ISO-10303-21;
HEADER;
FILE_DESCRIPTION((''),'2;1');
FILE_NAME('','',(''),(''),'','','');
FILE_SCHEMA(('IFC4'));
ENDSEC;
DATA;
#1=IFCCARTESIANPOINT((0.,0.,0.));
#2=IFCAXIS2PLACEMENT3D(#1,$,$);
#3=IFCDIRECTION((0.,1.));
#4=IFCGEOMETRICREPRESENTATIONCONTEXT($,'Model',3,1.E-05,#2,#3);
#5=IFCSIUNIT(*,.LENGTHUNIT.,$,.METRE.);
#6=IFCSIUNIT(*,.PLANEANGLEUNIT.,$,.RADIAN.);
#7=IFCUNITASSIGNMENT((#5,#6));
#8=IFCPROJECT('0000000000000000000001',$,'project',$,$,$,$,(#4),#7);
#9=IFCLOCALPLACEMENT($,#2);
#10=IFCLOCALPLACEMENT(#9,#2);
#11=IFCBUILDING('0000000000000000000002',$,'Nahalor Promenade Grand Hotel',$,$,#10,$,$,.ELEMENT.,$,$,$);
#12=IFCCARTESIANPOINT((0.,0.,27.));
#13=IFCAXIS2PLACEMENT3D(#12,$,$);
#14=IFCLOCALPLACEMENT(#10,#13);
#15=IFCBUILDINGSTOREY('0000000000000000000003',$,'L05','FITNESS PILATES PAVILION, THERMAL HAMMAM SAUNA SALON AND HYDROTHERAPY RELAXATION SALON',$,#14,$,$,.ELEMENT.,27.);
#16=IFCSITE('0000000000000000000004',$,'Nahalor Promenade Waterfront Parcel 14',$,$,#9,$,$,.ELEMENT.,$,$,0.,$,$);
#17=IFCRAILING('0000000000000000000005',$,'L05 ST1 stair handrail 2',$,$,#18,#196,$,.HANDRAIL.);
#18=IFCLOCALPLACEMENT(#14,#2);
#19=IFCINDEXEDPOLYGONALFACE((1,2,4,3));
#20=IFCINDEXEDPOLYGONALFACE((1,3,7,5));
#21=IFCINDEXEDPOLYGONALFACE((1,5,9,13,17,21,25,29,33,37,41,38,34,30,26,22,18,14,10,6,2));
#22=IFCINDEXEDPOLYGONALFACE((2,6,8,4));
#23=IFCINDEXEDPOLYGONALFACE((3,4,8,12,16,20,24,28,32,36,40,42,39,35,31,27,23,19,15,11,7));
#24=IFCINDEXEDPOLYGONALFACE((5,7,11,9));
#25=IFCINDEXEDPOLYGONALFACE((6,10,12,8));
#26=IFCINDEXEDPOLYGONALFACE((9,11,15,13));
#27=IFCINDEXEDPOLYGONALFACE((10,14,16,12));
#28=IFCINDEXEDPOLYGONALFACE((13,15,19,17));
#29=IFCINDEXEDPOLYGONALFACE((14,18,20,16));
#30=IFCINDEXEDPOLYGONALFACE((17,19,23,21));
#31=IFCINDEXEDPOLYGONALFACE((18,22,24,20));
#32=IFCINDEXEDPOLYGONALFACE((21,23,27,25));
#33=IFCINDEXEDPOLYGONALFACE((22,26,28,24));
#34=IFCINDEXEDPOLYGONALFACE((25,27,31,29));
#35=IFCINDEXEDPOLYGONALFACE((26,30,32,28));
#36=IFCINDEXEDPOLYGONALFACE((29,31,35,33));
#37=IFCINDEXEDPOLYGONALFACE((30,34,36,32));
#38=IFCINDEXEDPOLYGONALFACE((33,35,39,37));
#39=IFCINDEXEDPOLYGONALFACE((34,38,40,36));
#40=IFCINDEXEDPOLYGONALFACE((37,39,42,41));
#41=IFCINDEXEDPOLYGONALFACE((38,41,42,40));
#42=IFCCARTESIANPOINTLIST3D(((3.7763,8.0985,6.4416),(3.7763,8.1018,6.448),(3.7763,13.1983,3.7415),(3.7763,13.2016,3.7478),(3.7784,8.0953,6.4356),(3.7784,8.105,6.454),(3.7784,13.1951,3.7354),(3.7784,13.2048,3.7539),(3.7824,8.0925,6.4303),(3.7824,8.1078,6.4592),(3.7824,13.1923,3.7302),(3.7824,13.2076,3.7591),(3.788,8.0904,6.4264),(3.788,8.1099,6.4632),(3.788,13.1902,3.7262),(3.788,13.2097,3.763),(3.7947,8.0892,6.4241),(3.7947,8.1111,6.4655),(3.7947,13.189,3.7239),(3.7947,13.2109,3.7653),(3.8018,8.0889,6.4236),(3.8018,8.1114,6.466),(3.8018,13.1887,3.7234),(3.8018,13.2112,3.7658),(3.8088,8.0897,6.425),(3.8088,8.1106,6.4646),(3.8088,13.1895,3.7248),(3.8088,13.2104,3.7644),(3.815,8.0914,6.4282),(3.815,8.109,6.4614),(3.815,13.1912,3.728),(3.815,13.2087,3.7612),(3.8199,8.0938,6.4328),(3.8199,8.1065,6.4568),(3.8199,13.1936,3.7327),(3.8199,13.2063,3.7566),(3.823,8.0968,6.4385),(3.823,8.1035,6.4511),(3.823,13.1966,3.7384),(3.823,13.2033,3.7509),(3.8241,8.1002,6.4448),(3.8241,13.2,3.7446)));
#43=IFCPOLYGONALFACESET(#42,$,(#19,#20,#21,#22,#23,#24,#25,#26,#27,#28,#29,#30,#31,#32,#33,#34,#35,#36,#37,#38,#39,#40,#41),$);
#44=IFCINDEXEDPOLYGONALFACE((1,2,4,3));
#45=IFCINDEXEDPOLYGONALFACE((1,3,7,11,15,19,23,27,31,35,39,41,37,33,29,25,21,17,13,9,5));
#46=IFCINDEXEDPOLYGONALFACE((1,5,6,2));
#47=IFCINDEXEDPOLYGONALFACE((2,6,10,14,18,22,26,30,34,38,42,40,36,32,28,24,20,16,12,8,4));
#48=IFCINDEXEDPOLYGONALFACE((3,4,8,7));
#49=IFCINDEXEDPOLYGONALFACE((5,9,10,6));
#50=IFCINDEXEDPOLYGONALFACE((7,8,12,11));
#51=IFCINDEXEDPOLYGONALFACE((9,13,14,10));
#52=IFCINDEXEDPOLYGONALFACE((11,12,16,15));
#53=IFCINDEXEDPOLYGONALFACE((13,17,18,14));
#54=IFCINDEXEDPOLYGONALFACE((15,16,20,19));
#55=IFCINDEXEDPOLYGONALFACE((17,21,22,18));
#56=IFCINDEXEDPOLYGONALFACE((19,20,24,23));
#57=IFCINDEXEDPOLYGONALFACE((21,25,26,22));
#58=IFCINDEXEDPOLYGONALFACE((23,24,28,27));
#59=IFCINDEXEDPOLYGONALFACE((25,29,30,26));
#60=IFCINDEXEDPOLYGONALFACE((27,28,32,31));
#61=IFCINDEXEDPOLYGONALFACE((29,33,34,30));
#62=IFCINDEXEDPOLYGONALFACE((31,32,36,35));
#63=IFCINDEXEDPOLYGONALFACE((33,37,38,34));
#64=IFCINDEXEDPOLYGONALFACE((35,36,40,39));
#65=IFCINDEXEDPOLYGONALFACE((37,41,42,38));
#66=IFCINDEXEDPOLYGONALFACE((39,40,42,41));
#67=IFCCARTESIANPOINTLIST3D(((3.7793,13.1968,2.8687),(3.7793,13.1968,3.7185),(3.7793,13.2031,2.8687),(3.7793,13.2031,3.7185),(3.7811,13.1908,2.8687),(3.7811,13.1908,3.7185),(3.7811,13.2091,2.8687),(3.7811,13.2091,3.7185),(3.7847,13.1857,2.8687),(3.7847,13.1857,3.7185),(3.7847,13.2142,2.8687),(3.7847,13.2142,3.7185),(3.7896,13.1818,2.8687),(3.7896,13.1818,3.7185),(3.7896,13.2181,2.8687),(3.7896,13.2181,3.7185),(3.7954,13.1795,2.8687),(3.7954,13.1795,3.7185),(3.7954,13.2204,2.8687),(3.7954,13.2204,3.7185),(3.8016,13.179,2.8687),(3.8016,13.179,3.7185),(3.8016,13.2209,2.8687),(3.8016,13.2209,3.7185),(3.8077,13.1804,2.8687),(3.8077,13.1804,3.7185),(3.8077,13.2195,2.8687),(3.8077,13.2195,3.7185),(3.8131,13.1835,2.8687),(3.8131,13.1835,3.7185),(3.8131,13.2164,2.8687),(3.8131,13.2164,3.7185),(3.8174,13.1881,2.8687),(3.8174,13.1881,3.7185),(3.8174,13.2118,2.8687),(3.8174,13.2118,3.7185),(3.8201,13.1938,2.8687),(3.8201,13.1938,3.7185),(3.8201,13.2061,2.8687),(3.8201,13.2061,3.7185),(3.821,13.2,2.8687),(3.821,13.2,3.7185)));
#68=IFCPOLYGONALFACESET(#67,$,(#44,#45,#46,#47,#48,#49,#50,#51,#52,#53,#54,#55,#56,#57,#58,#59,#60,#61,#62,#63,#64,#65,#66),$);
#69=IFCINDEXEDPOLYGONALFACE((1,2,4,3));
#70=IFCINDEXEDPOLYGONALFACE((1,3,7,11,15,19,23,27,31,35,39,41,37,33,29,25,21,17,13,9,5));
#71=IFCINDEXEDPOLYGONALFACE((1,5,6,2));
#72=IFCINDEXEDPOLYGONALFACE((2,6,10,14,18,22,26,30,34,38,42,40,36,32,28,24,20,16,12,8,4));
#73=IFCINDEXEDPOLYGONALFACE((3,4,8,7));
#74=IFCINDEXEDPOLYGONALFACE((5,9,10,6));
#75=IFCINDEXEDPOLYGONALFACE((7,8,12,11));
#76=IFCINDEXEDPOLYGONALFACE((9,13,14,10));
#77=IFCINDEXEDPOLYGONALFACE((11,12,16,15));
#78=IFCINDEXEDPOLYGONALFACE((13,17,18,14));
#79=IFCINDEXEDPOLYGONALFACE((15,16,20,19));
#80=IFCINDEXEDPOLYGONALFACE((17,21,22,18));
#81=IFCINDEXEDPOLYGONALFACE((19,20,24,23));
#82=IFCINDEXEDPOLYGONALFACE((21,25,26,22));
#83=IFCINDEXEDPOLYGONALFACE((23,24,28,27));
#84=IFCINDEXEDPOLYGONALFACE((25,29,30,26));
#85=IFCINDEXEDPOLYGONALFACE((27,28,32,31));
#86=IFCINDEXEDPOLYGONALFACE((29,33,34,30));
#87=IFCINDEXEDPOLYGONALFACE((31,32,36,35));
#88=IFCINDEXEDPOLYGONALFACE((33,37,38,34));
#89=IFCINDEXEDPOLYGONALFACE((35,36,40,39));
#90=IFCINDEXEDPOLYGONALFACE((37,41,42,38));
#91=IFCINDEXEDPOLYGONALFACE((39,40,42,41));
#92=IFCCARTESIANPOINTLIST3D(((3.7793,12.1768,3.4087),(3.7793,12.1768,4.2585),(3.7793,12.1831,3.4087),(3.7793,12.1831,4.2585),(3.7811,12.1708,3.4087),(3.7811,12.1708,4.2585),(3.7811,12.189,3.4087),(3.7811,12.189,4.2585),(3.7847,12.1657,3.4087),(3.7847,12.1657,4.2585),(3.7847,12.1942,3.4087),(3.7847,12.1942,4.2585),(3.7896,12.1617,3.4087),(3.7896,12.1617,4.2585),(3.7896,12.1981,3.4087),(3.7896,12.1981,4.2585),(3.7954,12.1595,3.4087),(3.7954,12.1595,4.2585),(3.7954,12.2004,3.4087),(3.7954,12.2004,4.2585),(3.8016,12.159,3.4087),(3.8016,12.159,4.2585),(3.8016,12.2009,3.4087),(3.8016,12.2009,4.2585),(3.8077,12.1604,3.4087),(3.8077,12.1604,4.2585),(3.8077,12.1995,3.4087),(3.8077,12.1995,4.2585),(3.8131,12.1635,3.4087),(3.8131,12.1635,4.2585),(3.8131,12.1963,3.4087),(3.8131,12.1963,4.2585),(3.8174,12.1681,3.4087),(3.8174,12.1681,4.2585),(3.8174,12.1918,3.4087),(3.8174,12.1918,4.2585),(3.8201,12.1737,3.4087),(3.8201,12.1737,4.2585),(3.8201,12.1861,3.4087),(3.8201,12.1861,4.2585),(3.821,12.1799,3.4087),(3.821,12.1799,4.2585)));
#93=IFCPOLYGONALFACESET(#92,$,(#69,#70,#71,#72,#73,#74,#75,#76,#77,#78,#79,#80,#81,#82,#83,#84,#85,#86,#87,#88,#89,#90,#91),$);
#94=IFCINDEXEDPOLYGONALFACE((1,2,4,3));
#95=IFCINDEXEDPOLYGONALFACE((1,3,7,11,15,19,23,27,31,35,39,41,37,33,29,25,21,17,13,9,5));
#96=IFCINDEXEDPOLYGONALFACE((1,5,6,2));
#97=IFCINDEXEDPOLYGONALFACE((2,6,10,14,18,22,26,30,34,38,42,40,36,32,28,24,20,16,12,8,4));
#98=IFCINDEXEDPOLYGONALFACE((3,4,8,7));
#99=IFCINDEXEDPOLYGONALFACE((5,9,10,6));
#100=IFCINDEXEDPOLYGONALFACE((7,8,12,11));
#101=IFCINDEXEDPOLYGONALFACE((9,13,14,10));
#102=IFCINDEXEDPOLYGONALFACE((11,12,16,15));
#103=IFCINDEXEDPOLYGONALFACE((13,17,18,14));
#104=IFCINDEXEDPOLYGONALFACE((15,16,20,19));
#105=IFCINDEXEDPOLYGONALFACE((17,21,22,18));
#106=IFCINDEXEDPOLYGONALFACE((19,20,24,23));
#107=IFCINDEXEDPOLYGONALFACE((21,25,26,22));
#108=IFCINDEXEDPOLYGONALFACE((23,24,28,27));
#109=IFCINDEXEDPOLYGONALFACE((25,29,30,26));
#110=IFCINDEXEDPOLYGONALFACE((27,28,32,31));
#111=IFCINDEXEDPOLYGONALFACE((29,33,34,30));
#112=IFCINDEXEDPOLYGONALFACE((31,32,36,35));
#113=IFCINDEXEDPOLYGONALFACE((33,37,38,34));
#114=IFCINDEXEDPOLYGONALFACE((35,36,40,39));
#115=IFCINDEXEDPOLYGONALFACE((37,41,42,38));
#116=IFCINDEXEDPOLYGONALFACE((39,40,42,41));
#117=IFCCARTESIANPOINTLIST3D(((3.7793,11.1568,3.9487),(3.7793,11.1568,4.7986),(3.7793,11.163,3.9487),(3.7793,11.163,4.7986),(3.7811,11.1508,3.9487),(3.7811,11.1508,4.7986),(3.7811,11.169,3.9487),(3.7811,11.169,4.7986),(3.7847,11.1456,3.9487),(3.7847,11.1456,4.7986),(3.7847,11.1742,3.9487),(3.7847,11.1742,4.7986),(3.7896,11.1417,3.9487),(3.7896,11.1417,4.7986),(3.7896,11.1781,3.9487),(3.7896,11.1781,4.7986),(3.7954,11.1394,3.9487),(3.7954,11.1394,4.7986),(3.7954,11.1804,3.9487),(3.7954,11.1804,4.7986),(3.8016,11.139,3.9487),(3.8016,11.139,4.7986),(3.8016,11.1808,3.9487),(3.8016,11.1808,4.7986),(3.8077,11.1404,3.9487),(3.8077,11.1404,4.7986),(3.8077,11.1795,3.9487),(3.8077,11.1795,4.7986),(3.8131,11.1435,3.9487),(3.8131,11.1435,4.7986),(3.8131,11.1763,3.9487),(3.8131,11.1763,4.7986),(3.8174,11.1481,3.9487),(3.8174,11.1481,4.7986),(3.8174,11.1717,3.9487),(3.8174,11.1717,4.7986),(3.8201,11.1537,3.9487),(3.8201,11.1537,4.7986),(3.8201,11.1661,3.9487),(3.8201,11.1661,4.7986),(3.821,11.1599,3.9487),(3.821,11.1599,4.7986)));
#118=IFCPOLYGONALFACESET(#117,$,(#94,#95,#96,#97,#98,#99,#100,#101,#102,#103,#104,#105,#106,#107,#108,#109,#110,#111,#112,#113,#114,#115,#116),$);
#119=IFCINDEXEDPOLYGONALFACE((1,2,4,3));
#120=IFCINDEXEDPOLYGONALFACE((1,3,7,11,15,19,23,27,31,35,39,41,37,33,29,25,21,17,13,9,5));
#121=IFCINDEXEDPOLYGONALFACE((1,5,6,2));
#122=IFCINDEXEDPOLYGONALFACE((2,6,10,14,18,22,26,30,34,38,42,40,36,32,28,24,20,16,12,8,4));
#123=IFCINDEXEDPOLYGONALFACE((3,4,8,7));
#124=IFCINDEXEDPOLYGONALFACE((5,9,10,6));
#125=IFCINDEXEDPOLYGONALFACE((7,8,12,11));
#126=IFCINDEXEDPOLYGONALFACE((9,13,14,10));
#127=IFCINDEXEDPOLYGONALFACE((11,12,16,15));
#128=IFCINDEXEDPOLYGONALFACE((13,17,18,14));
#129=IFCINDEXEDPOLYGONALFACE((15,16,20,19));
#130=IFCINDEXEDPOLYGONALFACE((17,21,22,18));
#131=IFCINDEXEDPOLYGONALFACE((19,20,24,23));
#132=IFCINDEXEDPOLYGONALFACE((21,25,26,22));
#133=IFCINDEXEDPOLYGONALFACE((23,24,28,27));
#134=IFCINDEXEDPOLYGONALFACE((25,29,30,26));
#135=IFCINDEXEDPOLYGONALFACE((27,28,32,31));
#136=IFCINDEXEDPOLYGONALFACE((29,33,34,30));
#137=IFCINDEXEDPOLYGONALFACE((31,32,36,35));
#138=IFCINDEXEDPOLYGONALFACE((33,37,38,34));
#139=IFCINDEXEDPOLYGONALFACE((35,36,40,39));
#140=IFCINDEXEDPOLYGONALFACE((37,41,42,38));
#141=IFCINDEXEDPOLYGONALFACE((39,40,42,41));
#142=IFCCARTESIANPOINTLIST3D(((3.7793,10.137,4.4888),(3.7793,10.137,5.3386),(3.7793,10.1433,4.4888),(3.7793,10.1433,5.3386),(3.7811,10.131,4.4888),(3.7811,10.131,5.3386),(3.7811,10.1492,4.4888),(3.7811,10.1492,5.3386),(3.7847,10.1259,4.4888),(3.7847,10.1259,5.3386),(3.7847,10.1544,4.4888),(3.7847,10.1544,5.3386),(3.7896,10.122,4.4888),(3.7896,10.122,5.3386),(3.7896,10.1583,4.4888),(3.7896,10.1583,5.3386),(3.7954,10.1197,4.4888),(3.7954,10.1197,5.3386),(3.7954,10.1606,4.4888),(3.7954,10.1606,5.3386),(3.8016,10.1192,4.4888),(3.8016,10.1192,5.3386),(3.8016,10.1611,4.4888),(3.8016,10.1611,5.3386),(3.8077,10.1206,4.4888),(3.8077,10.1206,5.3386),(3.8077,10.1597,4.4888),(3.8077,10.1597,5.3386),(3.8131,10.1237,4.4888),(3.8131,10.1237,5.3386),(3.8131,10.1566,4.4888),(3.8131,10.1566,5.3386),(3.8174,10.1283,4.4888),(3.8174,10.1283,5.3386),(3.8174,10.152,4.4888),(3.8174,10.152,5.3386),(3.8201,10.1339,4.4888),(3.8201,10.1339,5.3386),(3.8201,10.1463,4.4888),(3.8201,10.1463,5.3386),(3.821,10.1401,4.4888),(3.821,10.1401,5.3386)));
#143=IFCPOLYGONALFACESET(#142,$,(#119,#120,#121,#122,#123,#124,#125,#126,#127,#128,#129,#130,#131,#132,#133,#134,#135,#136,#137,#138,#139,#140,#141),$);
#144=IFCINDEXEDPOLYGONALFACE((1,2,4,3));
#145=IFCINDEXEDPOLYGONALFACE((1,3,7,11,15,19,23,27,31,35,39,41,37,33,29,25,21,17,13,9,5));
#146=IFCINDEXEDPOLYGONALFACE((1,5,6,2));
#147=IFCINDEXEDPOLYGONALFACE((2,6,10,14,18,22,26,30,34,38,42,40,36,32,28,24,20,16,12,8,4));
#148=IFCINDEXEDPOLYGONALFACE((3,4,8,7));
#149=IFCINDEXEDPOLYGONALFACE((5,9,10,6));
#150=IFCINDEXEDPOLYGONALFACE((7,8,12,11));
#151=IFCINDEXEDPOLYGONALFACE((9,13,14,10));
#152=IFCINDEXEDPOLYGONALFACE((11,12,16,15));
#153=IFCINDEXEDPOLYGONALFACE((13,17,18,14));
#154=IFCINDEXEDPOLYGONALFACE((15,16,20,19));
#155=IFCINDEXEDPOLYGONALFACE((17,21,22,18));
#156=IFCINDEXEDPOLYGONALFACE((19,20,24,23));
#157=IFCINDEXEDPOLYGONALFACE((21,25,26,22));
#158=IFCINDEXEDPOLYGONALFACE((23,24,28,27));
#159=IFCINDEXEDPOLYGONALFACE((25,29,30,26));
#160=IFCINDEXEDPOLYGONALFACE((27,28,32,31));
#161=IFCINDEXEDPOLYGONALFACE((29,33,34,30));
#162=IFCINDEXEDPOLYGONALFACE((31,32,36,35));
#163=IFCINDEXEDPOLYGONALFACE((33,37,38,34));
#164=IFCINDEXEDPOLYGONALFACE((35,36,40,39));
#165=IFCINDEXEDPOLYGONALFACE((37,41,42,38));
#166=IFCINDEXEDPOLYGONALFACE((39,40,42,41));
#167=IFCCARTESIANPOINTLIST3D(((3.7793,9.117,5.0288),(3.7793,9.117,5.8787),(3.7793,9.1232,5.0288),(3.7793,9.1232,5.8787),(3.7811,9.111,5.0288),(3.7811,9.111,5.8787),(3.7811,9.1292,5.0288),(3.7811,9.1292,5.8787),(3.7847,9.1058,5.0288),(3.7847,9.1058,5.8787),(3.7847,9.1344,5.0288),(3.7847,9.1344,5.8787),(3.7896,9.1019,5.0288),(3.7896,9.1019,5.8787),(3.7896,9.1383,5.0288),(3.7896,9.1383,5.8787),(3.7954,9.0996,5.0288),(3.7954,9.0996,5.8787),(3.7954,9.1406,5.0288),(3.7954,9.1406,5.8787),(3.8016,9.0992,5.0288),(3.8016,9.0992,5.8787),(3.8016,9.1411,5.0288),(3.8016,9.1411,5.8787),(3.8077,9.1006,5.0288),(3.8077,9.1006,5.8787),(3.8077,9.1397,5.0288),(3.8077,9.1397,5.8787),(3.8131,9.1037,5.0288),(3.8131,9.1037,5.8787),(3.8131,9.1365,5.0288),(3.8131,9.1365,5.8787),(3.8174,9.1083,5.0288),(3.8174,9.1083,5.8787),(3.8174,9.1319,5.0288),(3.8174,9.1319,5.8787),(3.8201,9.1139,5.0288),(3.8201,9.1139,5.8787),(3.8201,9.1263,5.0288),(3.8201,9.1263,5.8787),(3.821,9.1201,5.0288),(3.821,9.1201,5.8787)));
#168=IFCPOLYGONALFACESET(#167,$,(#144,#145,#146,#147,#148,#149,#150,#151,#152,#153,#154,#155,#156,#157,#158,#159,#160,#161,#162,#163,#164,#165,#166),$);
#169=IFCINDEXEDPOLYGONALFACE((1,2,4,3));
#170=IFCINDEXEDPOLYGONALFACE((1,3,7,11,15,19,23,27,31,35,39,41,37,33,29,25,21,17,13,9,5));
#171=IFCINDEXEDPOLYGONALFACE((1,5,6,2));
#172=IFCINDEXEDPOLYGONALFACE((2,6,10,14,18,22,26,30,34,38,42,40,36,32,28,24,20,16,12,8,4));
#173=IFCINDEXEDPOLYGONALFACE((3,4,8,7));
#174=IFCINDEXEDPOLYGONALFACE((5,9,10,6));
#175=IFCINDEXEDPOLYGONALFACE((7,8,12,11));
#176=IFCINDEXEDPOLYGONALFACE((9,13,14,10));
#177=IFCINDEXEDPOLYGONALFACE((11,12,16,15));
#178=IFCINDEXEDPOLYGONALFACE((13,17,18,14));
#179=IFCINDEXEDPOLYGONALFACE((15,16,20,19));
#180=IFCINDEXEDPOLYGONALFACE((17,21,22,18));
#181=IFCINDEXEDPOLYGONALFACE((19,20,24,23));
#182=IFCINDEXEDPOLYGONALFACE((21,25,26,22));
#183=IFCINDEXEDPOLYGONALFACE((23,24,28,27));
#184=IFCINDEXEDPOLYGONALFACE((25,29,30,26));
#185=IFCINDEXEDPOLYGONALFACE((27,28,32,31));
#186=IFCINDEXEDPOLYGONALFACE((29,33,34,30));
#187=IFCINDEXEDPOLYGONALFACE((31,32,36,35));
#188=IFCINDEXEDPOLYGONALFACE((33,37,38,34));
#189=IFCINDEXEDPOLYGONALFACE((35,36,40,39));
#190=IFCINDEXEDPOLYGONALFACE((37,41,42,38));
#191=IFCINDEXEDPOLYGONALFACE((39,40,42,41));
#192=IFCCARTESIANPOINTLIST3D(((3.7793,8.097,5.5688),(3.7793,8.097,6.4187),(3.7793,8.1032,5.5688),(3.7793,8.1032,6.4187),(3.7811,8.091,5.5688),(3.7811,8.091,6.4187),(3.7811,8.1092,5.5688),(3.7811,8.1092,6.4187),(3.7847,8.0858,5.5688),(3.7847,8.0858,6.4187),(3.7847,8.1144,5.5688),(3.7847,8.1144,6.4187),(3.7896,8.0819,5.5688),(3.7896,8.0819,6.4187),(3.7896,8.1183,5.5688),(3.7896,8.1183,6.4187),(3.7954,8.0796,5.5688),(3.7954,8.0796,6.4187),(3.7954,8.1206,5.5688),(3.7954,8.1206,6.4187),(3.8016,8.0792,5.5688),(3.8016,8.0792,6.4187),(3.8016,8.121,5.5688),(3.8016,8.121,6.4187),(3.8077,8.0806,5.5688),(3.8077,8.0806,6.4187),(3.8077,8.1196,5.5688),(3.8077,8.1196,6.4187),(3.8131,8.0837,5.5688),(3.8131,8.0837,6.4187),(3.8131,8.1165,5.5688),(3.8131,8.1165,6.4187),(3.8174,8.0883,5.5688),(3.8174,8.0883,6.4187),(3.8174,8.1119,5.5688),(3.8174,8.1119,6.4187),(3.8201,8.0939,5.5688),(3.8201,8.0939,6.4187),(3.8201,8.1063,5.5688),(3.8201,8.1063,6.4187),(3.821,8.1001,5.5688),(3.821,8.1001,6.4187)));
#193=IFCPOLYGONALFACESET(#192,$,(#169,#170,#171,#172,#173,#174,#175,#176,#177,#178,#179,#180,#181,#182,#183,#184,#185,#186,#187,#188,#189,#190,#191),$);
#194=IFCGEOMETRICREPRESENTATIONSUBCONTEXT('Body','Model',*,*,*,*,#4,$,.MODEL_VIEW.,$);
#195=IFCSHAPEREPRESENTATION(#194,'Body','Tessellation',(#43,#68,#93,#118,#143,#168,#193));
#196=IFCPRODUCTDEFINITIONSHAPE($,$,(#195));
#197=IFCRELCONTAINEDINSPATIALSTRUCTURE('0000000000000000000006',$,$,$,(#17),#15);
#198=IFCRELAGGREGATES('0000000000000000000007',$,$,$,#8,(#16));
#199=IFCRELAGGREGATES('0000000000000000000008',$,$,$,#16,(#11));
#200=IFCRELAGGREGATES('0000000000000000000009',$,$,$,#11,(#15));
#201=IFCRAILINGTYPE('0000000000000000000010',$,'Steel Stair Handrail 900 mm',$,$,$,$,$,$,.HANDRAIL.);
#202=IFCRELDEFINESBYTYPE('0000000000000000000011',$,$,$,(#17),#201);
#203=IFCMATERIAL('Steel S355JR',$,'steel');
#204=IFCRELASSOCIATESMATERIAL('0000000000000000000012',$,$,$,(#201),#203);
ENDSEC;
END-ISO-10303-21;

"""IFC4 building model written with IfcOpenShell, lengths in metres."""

from ifc_helpers import new_model, si_unit, direction, frame, origin, origin_2d, place, context, subcontext, project, spatial, circle, extrude, material, type_object, element, save


model = new_model("IFC4")

# Units and contexts
model_context = context("Model", 3, precision=1e-05, world=origin(), true_north=direction((0.0, 1.0)))
body_context = subcontext(model_context, "Body", "Model", "MODEL_VIEW")
ifc_project = project(units=[si_unit("LENGTHUNIT", "METRE"), si_unit("PLANEANGLEUNIT", "RADIAN")], contexts=[model_context])

# Site, building, storey
site_placement = place(None, origin())
site = spatial("IfcSite", under=ifc_project, at=site_placement, Name="Nahalor Promenade Waterfront Parcel 14", CompositionType="ELEMENT", RefElevation=0.0)
building_placement = place(site_placement, origin())
building = spatial("IfcBuilding", under=site, at=building_placement, Name="Nahalor Promenade Grand Hotel", CompositionType="ELEMENT")
storey_placement = place(building_placement, frame((0.0, 0.0, 27.0)))
storey = spatial("IfcBuildingStorey", under=building, at=storey_placement, Name="L05", Description="FITNESS PILATES PAVILION, THERMAL HAMMAM SAUNA SALON AND HYDROTHERAPY RELAXATION SALON", CompositionType="ELEMENT", Elevation=27.0)

# Shared definitions
ifc_material_1 = material(Name="Steel S355JR", Category="steel")

# Railing
railing_type_1 = type_object("IfcRailingType", Name="Steel Stair Handrail 900 mm", PredefinedType="HANDRAIL", material=ifc_material_1)
railing_1_placement = place(storey_placement, frame((3.8, 13.2, 2.8687)))
element("IfcRailing", 1, at=railing_1_placement, inside=storey, type_object=railing_type_1, Name="L05 ST1 stair handrail 2", PredefinedType="HANDRAIL", context=body_context, shape_type="SweptSolid", body=[
    extrude(circle(Radius=0.024, at=origin_2d()), frame((0.0, 0.0, 0.876), z_axis=(0.0, -0.883768, 0.467925), x_axis=(1.0, 0.0, 0.0)), (0.0, 0.0, 1.0), 5.7705),
    extrude(circle(Radius=0.021, at=origin_2d()), origin(), (0.0, 0.0, 1.0), 0.8499),
    extrude(circle(Radius=0.021, at=origin_2d()), frame((0.0, -1.02, 0.54)), (0.0, 0.0, 1.0), 0.8499),
    extrude(circle(Radius=0.021, at=origin_2d()), frame((0.0, -2.04, 1.0801)), (0.0, 0.0, 1.0), 0.8499),
    extrude(circle(Radius=0.021, at=origin_2d()), frame((0.0, -3.0598, 1.6201)), (0.0, 0.0, 1.0), 0.8499),
    extrude(circle(Radius=0.021, at=origin_2d()), frame((0.0, -4.0798, 2.1602)), (0.0, 0.0, 1.0), 0.8499),
    extrude(circle(Radius=0.021, at=origin_2d()), frame((0.0, -5.0999, 2.7002)), (0.0, 0.0, 1.0), 0.8499),
])

save(model, "model.ifc")
